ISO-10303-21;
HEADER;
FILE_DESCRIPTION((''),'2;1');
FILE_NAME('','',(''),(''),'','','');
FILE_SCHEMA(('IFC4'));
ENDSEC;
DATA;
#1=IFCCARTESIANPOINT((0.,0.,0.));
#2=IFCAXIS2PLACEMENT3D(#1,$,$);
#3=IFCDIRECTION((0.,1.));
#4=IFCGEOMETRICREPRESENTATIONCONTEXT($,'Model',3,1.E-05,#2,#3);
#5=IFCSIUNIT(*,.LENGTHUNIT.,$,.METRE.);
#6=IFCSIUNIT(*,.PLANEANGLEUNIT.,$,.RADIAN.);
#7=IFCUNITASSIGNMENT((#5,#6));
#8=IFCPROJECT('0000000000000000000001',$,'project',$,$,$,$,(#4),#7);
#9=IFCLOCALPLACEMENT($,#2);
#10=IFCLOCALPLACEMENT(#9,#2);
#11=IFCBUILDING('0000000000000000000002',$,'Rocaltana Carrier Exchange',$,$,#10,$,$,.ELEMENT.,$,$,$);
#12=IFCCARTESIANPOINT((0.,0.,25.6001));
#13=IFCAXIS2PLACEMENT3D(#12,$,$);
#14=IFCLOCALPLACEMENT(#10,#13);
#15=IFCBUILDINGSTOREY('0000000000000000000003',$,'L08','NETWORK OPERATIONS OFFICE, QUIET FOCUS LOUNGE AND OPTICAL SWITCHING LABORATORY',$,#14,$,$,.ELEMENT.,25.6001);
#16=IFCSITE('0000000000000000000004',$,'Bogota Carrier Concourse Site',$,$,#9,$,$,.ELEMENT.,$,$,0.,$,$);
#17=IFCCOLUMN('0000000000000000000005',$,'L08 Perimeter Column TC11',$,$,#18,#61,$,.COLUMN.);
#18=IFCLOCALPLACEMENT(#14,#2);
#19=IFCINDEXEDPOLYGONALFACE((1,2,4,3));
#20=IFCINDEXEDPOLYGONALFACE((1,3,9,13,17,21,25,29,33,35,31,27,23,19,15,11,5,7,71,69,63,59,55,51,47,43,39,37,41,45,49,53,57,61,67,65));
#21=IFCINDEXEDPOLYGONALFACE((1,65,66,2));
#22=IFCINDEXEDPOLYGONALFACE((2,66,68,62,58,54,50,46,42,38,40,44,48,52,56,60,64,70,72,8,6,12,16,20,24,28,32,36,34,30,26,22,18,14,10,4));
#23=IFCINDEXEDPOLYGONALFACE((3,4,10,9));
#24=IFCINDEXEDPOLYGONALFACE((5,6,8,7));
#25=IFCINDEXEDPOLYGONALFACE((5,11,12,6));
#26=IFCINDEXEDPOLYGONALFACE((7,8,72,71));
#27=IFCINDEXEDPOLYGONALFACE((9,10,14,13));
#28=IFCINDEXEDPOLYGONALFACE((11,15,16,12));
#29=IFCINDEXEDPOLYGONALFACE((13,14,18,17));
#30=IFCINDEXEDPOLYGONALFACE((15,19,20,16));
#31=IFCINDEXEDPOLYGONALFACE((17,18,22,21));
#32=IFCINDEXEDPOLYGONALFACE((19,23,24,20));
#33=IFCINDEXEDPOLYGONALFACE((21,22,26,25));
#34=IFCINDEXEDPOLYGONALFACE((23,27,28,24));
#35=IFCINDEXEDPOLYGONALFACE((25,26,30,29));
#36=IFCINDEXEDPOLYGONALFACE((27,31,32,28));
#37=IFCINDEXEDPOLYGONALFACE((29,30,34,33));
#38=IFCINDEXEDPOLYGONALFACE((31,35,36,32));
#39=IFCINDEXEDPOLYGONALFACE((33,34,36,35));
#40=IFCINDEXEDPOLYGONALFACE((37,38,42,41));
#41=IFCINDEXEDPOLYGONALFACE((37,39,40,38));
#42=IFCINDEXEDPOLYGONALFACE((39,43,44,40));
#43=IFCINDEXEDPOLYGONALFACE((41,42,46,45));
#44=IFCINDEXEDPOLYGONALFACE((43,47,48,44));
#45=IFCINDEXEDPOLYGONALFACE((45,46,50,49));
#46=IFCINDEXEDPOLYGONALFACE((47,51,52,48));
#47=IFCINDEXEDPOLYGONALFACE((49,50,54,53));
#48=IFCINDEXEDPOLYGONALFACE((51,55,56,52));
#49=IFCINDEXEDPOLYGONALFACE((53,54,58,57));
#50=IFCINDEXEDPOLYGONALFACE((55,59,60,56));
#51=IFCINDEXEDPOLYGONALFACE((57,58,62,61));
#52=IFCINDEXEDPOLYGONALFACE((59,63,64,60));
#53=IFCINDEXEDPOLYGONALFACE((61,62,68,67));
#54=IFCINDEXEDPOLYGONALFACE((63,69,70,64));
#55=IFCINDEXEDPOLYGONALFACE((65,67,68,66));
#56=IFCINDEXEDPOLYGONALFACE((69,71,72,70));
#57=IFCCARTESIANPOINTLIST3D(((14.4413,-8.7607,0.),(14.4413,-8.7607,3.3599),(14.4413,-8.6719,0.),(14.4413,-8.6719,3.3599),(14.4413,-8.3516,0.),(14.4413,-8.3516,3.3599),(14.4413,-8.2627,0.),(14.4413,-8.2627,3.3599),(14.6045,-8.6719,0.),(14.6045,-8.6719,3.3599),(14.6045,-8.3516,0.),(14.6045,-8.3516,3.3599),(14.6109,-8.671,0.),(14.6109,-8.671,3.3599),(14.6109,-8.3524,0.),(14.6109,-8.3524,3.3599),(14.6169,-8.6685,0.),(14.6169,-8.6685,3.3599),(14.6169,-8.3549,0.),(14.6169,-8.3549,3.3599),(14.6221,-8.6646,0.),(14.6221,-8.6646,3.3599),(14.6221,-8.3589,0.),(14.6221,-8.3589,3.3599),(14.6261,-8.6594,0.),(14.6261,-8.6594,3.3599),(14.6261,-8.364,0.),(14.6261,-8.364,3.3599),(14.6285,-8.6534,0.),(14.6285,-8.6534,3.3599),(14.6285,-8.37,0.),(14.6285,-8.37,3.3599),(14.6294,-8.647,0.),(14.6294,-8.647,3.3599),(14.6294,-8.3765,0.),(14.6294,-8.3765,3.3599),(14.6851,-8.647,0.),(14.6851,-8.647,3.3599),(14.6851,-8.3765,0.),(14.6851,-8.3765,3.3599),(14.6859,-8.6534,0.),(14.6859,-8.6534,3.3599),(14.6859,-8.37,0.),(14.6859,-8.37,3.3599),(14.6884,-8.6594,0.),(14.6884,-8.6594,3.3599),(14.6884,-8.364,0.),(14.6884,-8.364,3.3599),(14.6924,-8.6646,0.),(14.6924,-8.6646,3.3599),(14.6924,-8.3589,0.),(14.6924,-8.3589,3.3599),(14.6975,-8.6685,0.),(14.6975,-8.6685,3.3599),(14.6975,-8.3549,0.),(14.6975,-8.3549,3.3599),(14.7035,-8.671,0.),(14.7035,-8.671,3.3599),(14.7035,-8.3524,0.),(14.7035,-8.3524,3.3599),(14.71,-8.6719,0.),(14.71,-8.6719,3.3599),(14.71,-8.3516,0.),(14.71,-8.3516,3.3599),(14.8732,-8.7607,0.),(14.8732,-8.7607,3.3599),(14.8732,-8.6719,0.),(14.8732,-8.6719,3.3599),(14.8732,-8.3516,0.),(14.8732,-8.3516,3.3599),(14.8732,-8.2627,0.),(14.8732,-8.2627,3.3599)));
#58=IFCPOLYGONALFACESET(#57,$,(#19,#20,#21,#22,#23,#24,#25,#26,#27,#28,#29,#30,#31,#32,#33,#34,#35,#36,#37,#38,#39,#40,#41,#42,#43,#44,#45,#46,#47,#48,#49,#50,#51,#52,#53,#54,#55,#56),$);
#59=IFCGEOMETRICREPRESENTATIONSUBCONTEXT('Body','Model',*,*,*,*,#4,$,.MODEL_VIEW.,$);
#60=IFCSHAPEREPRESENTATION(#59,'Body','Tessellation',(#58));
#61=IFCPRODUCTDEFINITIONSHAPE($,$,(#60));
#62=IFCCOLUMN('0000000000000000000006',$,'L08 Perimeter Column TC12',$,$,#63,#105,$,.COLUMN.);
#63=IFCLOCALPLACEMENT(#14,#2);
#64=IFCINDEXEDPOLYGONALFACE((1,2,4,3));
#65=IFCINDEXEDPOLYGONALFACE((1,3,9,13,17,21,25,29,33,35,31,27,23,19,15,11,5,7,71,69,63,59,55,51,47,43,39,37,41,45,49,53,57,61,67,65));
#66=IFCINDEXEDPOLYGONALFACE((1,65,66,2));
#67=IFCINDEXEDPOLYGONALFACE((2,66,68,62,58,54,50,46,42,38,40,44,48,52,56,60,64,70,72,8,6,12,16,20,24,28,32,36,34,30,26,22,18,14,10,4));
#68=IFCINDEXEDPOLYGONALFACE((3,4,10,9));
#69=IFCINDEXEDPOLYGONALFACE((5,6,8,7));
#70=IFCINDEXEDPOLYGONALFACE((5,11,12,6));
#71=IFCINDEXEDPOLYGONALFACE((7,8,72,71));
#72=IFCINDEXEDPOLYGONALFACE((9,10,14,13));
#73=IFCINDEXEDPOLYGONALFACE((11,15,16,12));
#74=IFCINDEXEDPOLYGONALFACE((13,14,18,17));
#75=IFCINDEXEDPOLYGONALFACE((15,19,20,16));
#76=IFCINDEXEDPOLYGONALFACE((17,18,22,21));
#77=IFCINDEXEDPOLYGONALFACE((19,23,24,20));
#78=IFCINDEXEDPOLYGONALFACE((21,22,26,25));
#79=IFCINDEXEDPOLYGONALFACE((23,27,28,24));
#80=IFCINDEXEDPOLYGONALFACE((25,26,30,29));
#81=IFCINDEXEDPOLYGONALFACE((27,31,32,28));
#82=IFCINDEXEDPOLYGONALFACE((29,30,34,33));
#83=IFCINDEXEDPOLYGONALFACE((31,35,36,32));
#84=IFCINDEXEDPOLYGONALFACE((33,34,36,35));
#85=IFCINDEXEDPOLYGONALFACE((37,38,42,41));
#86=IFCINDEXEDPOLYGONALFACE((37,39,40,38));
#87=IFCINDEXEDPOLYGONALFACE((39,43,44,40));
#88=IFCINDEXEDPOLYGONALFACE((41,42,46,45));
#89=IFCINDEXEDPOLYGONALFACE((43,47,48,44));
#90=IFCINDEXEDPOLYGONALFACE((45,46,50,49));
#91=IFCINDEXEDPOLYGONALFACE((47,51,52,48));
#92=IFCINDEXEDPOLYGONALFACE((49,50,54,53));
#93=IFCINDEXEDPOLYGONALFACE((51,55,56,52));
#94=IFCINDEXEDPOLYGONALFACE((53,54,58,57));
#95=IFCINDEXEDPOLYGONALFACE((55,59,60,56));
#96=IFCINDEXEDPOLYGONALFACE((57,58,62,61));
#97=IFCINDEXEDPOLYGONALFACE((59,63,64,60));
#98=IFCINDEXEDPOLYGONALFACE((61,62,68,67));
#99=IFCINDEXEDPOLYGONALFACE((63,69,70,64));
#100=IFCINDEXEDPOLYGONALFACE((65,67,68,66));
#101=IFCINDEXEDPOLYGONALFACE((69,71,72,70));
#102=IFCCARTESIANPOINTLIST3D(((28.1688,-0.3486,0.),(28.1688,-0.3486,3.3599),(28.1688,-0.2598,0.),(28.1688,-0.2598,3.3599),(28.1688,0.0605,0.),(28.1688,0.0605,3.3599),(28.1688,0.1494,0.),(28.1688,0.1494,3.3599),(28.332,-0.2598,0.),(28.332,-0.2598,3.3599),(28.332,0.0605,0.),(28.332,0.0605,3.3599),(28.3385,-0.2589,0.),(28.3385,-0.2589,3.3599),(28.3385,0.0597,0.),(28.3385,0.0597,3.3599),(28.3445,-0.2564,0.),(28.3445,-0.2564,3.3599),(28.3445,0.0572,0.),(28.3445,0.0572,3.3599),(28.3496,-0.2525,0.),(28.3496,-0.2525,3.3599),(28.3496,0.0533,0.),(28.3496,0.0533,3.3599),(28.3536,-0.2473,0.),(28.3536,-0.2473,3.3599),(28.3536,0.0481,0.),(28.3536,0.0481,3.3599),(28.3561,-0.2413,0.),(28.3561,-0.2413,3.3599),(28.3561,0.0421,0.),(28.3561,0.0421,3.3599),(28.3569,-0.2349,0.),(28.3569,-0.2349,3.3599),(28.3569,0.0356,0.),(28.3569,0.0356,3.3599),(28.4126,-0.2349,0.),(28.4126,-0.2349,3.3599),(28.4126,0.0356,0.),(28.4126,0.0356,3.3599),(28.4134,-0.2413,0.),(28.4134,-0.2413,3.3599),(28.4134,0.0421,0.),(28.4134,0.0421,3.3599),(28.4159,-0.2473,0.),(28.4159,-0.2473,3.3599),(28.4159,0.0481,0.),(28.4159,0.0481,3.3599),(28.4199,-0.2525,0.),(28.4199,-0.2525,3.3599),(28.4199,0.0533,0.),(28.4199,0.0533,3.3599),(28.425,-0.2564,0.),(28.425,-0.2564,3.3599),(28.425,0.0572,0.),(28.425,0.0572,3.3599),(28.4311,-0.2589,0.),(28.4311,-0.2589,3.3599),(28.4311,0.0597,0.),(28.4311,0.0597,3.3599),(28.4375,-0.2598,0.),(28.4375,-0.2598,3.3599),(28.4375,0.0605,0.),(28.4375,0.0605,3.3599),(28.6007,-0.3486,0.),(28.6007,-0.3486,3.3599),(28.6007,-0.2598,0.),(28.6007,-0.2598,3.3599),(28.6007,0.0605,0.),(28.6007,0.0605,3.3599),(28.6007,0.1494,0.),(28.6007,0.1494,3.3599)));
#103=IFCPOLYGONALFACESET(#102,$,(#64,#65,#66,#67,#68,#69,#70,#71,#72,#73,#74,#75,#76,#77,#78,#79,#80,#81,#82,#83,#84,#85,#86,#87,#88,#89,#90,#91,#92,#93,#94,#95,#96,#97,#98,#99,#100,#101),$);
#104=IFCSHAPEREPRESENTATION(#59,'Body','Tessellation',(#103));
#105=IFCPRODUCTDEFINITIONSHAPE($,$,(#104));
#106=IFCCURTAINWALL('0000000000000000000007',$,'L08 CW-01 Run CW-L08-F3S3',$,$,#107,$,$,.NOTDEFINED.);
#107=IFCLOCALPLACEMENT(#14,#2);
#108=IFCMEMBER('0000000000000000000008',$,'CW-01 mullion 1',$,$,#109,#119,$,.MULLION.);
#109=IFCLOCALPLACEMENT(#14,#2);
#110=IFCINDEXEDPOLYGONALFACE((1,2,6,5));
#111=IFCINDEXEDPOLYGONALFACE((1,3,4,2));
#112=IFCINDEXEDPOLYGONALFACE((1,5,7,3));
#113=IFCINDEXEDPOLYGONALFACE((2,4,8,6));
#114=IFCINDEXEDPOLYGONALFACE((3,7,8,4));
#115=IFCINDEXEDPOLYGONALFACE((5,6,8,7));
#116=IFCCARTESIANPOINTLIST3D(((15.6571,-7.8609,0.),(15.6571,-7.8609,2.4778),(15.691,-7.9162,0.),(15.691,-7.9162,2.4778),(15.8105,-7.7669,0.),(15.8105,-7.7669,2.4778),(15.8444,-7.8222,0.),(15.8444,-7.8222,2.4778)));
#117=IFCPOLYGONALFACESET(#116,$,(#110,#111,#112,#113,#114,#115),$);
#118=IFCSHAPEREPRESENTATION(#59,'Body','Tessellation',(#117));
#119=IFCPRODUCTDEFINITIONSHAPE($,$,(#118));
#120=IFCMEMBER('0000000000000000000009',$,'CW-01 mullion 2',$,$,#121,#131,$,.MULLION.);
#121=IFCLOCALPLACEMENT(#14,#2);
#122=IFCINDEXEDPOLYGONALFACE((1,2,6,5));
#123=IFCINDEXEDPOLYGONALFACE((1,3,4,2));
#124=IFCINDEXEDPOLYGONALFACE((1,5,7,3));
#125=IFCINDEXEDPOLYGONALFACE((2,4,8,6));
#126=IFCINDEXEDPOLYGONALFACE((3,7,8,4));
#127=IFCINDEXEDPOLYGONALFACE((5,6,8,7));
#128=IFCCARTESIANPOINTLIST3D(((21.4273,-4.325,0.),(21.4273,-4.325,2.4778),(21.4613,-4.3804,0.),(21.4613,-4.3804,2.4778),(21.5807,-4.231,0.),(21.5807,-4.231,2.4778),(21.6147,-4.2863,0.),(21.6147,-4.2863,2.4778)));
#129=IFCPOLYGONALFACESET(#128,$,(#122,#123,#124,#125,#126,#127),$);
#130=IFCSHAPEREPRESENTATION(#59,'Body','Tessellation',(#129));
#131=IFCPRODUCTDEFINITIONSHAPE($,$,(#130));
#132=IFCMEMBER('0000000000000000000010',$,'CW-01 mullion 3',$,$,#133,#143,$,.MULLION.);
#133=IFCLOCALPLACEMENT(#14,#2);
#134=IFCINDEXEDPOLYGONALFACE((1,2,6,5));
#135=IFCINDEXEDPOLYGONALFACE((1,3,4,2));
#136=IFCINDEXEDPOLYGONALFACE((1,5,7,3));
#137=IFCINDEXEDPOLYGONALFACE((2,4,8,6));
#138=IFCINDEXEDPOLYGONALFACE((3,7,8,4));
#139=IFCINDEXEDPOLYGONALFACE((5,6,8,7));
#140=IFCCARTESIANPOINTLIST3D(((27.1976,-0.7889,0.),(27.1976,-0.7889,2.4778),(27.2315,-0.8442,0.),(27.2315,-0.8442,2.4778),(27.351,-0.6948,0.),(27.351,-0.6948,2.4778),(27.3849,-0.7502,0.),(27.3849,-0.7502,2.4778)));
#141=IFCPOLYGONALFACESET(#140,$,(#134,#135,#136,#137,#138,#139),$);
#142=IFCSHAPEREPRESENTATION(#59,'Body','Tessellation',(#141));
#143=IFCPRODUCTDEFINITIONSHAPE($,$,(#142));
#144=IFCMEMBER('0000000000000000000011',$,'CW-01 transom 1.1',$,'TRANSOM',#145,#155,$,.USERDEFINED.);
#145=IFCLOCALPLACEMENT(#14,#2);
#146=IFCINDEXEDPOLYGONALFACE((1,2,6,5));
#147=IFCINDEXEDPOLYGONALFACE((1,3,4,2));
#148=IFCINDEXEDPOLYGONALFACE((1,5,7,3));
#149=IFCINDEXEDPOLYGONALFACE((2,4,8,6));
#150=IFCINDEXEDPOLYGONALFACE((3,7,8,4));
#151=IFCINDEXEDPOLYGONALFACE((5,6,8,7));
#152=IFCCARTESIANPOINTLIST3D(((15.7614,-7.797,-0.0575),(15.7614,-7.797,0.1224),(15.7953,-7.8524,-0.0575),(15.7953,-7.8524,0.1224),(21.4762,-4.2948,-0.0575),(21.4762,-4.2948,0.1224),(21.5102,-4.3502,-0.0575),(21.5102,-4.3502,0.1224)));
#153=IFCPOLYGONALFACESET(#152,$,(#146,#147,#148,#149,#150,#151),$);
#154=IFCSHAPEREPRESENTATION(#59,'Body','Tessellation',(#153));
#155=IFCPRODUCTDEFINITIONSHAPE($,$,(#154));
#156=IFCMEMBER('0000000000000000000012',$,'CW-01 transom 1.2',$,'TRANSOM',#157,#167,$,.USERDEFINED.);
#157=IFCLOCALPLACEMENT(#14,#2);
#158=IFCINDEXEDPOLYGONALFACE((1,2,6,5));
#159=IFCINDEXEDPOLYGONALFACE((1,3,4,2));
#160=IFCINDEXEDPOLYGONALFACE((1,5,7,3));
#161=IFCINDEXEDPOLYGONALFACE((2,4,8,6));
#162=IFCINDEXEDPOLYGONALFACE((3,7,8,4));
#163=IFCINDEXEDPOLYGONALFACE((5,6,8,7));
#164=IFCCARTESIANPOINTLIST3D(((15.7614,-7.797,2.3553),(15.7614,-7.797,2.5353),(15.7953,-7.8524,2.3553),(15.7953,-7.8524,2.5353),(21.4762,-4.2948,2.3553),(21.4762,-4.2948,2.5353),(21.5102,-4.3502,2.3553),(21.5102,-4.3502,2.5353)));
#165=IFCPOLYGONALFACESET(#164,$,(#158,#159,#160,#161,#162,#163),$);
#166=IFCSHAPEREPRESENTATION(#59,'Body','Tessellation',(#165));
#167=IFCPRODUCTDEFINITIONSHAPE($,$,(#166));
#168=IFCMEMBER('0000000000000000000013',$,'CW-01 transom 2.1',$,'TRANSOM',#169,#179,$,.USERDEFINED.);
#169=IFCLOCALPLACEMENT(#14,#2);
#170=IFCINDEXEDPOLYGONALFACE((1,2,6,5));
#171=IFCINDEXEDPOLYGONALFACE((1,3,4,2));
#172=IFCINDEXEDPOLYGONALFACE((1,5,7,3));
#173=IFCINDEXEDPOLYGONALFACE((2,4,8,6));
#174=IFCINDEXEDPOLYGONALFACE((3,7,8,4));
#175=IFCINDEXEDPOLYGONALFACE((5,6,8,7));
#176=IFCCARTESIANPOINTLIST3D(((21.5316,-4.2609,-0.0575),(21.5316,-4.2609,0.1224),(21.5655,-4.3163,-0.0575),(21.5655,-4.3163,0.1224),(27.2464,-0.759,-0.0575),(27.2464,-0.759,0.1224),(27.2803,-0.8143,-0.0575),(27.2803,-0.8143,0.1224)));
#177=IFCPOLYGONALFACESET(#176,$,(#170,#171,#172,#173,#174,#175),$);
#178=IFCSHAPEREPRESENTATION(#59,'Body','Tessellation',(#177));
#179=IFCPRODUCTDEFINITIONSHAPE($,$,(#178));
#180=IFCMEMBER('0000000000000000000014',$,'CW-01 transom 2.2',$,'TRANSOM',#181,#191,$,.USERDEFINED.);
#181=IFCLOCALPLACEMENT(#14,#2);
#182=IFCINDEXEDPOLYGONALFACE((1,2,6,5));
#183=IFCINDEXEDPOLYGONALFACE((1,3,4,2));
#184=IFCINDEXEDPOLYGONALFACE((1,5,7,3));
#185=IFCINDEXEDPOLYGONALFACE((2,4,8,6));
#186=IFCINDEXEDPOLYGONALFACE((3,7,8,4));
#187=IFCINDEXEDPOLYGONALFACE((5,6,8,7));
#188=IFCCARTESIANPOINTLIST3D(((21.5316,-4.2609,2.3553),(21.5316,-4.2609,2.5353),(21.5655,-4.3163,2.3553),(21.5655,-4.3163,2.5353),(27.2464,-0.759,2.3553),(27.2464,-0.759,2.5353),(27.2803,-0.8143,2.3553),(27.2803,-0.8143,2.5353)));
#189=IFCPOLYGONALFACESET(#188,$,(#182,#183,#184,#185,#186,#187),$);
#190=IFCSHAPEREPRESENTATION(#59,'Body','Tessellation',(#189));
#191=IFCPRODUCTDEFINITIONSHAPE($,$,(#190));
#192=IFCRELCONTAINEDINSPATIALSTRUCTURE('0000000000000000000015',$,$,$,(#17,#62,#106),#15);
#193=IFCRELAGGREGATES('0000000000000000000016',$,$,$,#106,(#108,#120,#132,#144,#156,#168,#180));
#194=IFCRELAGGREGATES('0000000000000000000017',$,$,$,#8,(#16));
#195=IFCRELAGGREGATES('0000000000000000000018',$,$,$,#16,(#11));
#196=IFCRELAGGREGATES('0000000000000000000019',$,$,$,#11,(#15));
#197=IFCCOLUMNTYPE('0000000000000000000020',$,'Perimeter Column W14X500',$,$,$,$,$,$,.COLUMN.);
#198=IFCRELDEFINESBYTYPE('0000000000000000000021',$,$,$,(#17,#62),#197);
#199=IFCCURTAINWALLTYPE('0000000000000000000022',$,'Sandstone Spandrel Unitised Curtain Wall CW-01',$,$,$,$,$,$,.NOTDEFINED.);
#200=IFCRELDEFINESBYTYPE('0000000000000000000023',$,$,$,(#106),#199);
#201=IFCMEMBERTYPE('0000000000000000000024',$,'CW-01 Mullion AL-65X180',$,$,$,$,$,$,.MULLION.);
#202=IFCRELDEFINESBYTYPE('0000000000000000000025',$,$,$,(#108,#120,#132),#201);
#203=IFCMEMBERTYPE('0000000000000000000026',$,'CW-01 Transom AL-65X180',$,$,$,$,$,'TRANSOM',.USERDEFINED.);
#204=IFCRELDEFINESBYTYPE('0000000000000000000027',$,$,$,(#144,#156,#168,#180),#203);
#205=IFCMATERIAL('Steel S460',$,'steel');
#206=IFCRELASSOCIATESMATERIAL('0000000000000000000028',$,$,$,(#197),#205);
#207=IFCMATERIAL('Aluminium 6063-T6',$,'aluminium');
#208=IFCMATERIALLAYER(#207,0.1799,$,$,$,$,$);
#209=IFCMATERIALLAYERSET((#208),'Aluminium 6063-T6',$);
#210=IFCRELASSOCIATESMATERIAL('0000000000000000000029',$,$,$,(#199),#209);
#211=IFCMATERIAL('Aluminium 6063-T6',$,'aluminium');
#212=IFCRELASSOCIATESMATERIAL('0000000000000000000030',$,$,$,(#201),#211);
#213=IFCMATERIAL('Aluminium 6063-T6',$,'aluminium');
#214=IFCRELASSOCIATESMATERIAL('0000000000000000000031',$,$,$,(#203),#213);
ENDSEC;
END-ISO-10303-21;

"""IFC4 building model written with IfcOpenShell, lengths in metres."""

from ifc_helpers import new_model, si_unit, direction, frame, origin, origin_2d, place, context, subcontext, project, spatial, rectangle, i_section, extrude, material, layer, layer_set, material_profile, profile_set, type_object, element, aggregate, save


model = new_model("IFC4")

# Units and contexts
model_context = context("Model", 3, precision=1e-05, world=origin(), true_north=direction((0.0, 1.0)))
body_context = subcontext(model_context, "Body", "Model", "MODEL_VIEW")
ifc_project = project(units=[si_unit("LENGTHUNIT", "METRE"), si_unit("PLANEANGLEUNIT", "RADIAN")], contexts=[model_context])

# Site, building, storey
site_placement = place(None, origin())
site = spatial("IfcSite", under=ifc_project, at=site_placement, Name="Bogota Carrier Concourse Site", CompositionType="ELEMENT", RefElevation=0.0)
building_placement = place(site_placement, origin())
building = spatial("IfcBuilding", under=site, at=building_placement, Name="Rocaltana Carrier Exchange", CompositionType="ELEMENT")
storey_placement = place(building_placement, frame((0.0, 0.0, 25.6001)))
storey = spatial("IfcBuildingStorey", under=building, at=storey_placement, Name="L08", Description="NETWORK OPERATIONS OFFICE, QUIET FOCUS LOUNGE AND OPTICAL SWITCHING LABORATORY", CompositionType="ELEMENT", Elevation=25.6001)

# Columns
ifc_material_1 = material(Name="Steel S460", Category="steel")
ifc_material_profile_1 = material_profile(ifc_material_1, i_section(OverallWidth=0.4319, OverallDepth=0.498, WebThickness=0.0557, FlangeThickness=0.0889, FilletRadius=0.0249, at=origin_2d()), Name="W14X500")
ifc_profile_set_1 = profile_set([ifc_material_profile_1], Name="Steel S460")
column_type = type_object("IfcColumnType", Name="Perimeter Column W14X500", PredefinedType="COLUMN", material=ifc_profile_set_1)
for number, where, z_axis, x_axis, name in (
    (1, (14.6572, -8.5117, 0.0), (0.0, 0.0, 1.0), (1.0, 0.0, 0.0), "L08 Perimeter Column TC11"),
    (2, (28.3848, -0.0996, 0.0), (0.0, 0.0, 1.0), (1.0, 0.0, 0.0), "L08 Perimeter Column TC12"),
):
    element("IfcColumn", number, at=place(storey_placement, frame(where, z_axis=z_axis, x_axis=x_axis)), inside=storey, type_object=column_type, Name=name, PredefinedType="COLUMN", context=body_context, shape_type="SweptSolid", body=[
        extrude(i_section(OverallWidth=0.4319, OverallDepth=0.498, WebThickness=0.0557, FlangeThickness=0.0889, FilletRadius=0.0249, at=origin_2d()), origin(), (0.0, 0.0, 1.0), 3.3599),
    ])

# Curtain wall, members
ifc_material_2 = material(Name="Aluminium 6063-T6", Category="aluminium")
ifc_layer_1 = layer(ifc_material_2, 0.1799)
ifc_layer_set_1 = layer_set([ifc_layer_1], Name="Aluminium 6063-T6")
curtain_wall_type = type_object("IfcCurtainWallType", Name="Sandstone Spandrel Unitised Curtain Wall CW-01", PredefinedType="NOTDEFINED", material=ifc_layer_set_1)
curtain_wall_placement = place(storey_placement, origin())
curtain_wall = element("IfcCurtainWall", 3, at=curtain_wall_placement, inside=storey, type_object=curtain_wall_type, Name="L08 CW-01 Run CW-L08-F3S3", PredefinedType="NOTDEFINED")
ifc_material_3 = material(Name="Aluminium 6063-T6", Category="aluminium")
ifc_material_profile_2 = material_profile(ifc_material_3, rectangle(XDim=0.0649, YDim=0.1799, at=origin_2d()), Name="AL-65X180")
ifc_profile_set_2 = profile_set([ifc_material_profile_2], Name="Aluminium 6063-T6")
member_type_1 = type_object("IfcMemberType", Name="CW-01 Mullion AL-65X180", PredefinedType="MULLION", material=ifc_profile_set_2)
member_1_placement = place(storey_placement, frame((15.7507, -7.8416, 0.0), z_axis=(0.0, 0.0, 1.0), x_axis=(-0.5225, 0.852639, 0.0)))
member_1 = element("IfcMember", 4, at=member_1_placement, type_object=member_type_1, Name="CW-01 mullion 1", PredefinedType="MULLION", context=body_context, shape_type="SweptSolid", body=[
    extrude(rectangle(XDim=0.0649, YDim=0.1799, at=origin_2d()), origin(), (0.0, 0.0, 1.0), 2.4778),
])
member_2_placement = place(storey_placement, frame((21.521, -4.3057, 0.0), z_axis=(0.0, 0.0, 1.0), x_axis=(-0.5225, 0.852639, 0.0)))
member_2 = element("IfcMember", 5, at=member_2_placement, type_object=member_type_1, Name="CW-01 mullion 2", PredefinedType="MULLION", context=body_context, shape_type="SweptSolid", body=[
    extrude(rectangle(XDim=0.0649, YDim=0.1799, at=origin_2d()), origin(), (0.0, 0.0, 1.0), 2.4778),
])
member_3_placement = place(storey_placement, frame((27.2913, -0.7695, 0.0), z_axis=(0.0, 0.0, 1.0), x_axis=(-0.5225, 0.852639, 0.0)))
member_3 = element("IfcMember", 6, at=member_3_placement, type_object=member_type_1, Name="CW-01 mullion 3", PredefinedType="MULLION", context=body_context, shape_type="SweptSolid", body=[
    extrude(rectangle(XDim=0.0649, YDim=0.1799, at=origin_2d()), origin(), (0.0, 0.0, 1.0), 2.4778),
])
ifc_material_4 = material(Name="Aluminium 6063-T6", Category="aluminium")
ifc_material_profile_3 = material_profile(ifc_material_4, rectangle(XDim=0.0649, YDim=0.1799, at=origin_2d()), Name="AL-65X180")
ifc_profile_set_3 = profile_set([ifc_material_profile_3], Name="Aluminium 6063-T6")
member_type_2 = type_object("IfcMemberType", Name="CW-01 Transom AL-65X180", ElementType="TRANSOM", PredefinedType="USERDEFINED", material=ifc_profile_set_3)
member_4_placement = place(storey_placement, frame((15.7783, -7.8247, 0.0325), z_axis=(0.852631, 0.522513, 0.0), x_axis=(-0.522513, 0.852631, 0.0)))
member_4 = element("IfcMember", 7, at=member_4_placement, type_object=member_type_2, Name="CW-01 transom 1.1", ObjectType="TRANSOM", PredefinedType="USERDEFINED", context=body_context, shape_type="SweptSolid", body=[
    extrude(rectangle(XDim=0.0649, YDim=0.1799, at=origin_2d()), origin(), (0.0, 0.0, 1.0), 6.7026),
])
member_5_placement = place(storey_placement, frame((15.7783, -7.8247, 2.4453), z_axis=(0.852631, 0.522513, 0.0), x_axis=(-0.522513, 0.852631, 0.0)))
member_5 = element("IfcMember", 8, at=member_5_placement, type_object=member_type_2, Name="CW-01 transom 1.2", ObjectType="TRANSOM", PredefinedType="USERDEFINED", context=body_context, shape_type="SweptSolid", body=[
    extrude(rectangle(XDim=0.0649, YDim=0.1799, at=origin_2d()), origin(), (0.0, 0.0, 1.0), 6.7026),
])
member_6_placement = place(storey_placement, frame((21.5486, -4.2886, 0.0325), z_axis=(0.852647, 0.522487, 0.0), x_axis=(-0.522487, 0.852647, 0.0)))
member_6 = element("IfcMember", 9, at=member_6_placement, type_object=member_type_2, Name="CW-01 transom 2.1", ObjectType="TRANSOM", PredefinedType="USERDEFINED", context=body_context, shape_type="SweptSolid", body=[
    extrude(rectangle(XDim=0.0649, YDim=0.1799, at=origin_2d()), origin(), (0.0, 0.0, 1.0), 6.7024),
])
member_7_placement = place(storey_placement, frame((21.5486, -4.2886, 2.4453), z_axis=(0.852647, 0.522487, 0.0), x_axis=(-0.522487, 0.852647, 0.0)))
member_7 = element("IfcMember", 10, at=member_7_placement, type_object=member_type_2, Name="CW-01 transom 2.2", ObjectType="TRANSOM", PredefinedType="USERDEFINED", context=body_context, shape_type="SweptSolid", body=[
    extrude(rectangle(XDim=0.0649, YDim=0.1799, at=origin_2d()), origin(), (0.0, 0.0, 1.0), 6.7024),
])

aggregate(curtain_wall, [member_1, member_2, member_3, member_4, member_5, member_6, member_7])

save(model, "model.ifc")
